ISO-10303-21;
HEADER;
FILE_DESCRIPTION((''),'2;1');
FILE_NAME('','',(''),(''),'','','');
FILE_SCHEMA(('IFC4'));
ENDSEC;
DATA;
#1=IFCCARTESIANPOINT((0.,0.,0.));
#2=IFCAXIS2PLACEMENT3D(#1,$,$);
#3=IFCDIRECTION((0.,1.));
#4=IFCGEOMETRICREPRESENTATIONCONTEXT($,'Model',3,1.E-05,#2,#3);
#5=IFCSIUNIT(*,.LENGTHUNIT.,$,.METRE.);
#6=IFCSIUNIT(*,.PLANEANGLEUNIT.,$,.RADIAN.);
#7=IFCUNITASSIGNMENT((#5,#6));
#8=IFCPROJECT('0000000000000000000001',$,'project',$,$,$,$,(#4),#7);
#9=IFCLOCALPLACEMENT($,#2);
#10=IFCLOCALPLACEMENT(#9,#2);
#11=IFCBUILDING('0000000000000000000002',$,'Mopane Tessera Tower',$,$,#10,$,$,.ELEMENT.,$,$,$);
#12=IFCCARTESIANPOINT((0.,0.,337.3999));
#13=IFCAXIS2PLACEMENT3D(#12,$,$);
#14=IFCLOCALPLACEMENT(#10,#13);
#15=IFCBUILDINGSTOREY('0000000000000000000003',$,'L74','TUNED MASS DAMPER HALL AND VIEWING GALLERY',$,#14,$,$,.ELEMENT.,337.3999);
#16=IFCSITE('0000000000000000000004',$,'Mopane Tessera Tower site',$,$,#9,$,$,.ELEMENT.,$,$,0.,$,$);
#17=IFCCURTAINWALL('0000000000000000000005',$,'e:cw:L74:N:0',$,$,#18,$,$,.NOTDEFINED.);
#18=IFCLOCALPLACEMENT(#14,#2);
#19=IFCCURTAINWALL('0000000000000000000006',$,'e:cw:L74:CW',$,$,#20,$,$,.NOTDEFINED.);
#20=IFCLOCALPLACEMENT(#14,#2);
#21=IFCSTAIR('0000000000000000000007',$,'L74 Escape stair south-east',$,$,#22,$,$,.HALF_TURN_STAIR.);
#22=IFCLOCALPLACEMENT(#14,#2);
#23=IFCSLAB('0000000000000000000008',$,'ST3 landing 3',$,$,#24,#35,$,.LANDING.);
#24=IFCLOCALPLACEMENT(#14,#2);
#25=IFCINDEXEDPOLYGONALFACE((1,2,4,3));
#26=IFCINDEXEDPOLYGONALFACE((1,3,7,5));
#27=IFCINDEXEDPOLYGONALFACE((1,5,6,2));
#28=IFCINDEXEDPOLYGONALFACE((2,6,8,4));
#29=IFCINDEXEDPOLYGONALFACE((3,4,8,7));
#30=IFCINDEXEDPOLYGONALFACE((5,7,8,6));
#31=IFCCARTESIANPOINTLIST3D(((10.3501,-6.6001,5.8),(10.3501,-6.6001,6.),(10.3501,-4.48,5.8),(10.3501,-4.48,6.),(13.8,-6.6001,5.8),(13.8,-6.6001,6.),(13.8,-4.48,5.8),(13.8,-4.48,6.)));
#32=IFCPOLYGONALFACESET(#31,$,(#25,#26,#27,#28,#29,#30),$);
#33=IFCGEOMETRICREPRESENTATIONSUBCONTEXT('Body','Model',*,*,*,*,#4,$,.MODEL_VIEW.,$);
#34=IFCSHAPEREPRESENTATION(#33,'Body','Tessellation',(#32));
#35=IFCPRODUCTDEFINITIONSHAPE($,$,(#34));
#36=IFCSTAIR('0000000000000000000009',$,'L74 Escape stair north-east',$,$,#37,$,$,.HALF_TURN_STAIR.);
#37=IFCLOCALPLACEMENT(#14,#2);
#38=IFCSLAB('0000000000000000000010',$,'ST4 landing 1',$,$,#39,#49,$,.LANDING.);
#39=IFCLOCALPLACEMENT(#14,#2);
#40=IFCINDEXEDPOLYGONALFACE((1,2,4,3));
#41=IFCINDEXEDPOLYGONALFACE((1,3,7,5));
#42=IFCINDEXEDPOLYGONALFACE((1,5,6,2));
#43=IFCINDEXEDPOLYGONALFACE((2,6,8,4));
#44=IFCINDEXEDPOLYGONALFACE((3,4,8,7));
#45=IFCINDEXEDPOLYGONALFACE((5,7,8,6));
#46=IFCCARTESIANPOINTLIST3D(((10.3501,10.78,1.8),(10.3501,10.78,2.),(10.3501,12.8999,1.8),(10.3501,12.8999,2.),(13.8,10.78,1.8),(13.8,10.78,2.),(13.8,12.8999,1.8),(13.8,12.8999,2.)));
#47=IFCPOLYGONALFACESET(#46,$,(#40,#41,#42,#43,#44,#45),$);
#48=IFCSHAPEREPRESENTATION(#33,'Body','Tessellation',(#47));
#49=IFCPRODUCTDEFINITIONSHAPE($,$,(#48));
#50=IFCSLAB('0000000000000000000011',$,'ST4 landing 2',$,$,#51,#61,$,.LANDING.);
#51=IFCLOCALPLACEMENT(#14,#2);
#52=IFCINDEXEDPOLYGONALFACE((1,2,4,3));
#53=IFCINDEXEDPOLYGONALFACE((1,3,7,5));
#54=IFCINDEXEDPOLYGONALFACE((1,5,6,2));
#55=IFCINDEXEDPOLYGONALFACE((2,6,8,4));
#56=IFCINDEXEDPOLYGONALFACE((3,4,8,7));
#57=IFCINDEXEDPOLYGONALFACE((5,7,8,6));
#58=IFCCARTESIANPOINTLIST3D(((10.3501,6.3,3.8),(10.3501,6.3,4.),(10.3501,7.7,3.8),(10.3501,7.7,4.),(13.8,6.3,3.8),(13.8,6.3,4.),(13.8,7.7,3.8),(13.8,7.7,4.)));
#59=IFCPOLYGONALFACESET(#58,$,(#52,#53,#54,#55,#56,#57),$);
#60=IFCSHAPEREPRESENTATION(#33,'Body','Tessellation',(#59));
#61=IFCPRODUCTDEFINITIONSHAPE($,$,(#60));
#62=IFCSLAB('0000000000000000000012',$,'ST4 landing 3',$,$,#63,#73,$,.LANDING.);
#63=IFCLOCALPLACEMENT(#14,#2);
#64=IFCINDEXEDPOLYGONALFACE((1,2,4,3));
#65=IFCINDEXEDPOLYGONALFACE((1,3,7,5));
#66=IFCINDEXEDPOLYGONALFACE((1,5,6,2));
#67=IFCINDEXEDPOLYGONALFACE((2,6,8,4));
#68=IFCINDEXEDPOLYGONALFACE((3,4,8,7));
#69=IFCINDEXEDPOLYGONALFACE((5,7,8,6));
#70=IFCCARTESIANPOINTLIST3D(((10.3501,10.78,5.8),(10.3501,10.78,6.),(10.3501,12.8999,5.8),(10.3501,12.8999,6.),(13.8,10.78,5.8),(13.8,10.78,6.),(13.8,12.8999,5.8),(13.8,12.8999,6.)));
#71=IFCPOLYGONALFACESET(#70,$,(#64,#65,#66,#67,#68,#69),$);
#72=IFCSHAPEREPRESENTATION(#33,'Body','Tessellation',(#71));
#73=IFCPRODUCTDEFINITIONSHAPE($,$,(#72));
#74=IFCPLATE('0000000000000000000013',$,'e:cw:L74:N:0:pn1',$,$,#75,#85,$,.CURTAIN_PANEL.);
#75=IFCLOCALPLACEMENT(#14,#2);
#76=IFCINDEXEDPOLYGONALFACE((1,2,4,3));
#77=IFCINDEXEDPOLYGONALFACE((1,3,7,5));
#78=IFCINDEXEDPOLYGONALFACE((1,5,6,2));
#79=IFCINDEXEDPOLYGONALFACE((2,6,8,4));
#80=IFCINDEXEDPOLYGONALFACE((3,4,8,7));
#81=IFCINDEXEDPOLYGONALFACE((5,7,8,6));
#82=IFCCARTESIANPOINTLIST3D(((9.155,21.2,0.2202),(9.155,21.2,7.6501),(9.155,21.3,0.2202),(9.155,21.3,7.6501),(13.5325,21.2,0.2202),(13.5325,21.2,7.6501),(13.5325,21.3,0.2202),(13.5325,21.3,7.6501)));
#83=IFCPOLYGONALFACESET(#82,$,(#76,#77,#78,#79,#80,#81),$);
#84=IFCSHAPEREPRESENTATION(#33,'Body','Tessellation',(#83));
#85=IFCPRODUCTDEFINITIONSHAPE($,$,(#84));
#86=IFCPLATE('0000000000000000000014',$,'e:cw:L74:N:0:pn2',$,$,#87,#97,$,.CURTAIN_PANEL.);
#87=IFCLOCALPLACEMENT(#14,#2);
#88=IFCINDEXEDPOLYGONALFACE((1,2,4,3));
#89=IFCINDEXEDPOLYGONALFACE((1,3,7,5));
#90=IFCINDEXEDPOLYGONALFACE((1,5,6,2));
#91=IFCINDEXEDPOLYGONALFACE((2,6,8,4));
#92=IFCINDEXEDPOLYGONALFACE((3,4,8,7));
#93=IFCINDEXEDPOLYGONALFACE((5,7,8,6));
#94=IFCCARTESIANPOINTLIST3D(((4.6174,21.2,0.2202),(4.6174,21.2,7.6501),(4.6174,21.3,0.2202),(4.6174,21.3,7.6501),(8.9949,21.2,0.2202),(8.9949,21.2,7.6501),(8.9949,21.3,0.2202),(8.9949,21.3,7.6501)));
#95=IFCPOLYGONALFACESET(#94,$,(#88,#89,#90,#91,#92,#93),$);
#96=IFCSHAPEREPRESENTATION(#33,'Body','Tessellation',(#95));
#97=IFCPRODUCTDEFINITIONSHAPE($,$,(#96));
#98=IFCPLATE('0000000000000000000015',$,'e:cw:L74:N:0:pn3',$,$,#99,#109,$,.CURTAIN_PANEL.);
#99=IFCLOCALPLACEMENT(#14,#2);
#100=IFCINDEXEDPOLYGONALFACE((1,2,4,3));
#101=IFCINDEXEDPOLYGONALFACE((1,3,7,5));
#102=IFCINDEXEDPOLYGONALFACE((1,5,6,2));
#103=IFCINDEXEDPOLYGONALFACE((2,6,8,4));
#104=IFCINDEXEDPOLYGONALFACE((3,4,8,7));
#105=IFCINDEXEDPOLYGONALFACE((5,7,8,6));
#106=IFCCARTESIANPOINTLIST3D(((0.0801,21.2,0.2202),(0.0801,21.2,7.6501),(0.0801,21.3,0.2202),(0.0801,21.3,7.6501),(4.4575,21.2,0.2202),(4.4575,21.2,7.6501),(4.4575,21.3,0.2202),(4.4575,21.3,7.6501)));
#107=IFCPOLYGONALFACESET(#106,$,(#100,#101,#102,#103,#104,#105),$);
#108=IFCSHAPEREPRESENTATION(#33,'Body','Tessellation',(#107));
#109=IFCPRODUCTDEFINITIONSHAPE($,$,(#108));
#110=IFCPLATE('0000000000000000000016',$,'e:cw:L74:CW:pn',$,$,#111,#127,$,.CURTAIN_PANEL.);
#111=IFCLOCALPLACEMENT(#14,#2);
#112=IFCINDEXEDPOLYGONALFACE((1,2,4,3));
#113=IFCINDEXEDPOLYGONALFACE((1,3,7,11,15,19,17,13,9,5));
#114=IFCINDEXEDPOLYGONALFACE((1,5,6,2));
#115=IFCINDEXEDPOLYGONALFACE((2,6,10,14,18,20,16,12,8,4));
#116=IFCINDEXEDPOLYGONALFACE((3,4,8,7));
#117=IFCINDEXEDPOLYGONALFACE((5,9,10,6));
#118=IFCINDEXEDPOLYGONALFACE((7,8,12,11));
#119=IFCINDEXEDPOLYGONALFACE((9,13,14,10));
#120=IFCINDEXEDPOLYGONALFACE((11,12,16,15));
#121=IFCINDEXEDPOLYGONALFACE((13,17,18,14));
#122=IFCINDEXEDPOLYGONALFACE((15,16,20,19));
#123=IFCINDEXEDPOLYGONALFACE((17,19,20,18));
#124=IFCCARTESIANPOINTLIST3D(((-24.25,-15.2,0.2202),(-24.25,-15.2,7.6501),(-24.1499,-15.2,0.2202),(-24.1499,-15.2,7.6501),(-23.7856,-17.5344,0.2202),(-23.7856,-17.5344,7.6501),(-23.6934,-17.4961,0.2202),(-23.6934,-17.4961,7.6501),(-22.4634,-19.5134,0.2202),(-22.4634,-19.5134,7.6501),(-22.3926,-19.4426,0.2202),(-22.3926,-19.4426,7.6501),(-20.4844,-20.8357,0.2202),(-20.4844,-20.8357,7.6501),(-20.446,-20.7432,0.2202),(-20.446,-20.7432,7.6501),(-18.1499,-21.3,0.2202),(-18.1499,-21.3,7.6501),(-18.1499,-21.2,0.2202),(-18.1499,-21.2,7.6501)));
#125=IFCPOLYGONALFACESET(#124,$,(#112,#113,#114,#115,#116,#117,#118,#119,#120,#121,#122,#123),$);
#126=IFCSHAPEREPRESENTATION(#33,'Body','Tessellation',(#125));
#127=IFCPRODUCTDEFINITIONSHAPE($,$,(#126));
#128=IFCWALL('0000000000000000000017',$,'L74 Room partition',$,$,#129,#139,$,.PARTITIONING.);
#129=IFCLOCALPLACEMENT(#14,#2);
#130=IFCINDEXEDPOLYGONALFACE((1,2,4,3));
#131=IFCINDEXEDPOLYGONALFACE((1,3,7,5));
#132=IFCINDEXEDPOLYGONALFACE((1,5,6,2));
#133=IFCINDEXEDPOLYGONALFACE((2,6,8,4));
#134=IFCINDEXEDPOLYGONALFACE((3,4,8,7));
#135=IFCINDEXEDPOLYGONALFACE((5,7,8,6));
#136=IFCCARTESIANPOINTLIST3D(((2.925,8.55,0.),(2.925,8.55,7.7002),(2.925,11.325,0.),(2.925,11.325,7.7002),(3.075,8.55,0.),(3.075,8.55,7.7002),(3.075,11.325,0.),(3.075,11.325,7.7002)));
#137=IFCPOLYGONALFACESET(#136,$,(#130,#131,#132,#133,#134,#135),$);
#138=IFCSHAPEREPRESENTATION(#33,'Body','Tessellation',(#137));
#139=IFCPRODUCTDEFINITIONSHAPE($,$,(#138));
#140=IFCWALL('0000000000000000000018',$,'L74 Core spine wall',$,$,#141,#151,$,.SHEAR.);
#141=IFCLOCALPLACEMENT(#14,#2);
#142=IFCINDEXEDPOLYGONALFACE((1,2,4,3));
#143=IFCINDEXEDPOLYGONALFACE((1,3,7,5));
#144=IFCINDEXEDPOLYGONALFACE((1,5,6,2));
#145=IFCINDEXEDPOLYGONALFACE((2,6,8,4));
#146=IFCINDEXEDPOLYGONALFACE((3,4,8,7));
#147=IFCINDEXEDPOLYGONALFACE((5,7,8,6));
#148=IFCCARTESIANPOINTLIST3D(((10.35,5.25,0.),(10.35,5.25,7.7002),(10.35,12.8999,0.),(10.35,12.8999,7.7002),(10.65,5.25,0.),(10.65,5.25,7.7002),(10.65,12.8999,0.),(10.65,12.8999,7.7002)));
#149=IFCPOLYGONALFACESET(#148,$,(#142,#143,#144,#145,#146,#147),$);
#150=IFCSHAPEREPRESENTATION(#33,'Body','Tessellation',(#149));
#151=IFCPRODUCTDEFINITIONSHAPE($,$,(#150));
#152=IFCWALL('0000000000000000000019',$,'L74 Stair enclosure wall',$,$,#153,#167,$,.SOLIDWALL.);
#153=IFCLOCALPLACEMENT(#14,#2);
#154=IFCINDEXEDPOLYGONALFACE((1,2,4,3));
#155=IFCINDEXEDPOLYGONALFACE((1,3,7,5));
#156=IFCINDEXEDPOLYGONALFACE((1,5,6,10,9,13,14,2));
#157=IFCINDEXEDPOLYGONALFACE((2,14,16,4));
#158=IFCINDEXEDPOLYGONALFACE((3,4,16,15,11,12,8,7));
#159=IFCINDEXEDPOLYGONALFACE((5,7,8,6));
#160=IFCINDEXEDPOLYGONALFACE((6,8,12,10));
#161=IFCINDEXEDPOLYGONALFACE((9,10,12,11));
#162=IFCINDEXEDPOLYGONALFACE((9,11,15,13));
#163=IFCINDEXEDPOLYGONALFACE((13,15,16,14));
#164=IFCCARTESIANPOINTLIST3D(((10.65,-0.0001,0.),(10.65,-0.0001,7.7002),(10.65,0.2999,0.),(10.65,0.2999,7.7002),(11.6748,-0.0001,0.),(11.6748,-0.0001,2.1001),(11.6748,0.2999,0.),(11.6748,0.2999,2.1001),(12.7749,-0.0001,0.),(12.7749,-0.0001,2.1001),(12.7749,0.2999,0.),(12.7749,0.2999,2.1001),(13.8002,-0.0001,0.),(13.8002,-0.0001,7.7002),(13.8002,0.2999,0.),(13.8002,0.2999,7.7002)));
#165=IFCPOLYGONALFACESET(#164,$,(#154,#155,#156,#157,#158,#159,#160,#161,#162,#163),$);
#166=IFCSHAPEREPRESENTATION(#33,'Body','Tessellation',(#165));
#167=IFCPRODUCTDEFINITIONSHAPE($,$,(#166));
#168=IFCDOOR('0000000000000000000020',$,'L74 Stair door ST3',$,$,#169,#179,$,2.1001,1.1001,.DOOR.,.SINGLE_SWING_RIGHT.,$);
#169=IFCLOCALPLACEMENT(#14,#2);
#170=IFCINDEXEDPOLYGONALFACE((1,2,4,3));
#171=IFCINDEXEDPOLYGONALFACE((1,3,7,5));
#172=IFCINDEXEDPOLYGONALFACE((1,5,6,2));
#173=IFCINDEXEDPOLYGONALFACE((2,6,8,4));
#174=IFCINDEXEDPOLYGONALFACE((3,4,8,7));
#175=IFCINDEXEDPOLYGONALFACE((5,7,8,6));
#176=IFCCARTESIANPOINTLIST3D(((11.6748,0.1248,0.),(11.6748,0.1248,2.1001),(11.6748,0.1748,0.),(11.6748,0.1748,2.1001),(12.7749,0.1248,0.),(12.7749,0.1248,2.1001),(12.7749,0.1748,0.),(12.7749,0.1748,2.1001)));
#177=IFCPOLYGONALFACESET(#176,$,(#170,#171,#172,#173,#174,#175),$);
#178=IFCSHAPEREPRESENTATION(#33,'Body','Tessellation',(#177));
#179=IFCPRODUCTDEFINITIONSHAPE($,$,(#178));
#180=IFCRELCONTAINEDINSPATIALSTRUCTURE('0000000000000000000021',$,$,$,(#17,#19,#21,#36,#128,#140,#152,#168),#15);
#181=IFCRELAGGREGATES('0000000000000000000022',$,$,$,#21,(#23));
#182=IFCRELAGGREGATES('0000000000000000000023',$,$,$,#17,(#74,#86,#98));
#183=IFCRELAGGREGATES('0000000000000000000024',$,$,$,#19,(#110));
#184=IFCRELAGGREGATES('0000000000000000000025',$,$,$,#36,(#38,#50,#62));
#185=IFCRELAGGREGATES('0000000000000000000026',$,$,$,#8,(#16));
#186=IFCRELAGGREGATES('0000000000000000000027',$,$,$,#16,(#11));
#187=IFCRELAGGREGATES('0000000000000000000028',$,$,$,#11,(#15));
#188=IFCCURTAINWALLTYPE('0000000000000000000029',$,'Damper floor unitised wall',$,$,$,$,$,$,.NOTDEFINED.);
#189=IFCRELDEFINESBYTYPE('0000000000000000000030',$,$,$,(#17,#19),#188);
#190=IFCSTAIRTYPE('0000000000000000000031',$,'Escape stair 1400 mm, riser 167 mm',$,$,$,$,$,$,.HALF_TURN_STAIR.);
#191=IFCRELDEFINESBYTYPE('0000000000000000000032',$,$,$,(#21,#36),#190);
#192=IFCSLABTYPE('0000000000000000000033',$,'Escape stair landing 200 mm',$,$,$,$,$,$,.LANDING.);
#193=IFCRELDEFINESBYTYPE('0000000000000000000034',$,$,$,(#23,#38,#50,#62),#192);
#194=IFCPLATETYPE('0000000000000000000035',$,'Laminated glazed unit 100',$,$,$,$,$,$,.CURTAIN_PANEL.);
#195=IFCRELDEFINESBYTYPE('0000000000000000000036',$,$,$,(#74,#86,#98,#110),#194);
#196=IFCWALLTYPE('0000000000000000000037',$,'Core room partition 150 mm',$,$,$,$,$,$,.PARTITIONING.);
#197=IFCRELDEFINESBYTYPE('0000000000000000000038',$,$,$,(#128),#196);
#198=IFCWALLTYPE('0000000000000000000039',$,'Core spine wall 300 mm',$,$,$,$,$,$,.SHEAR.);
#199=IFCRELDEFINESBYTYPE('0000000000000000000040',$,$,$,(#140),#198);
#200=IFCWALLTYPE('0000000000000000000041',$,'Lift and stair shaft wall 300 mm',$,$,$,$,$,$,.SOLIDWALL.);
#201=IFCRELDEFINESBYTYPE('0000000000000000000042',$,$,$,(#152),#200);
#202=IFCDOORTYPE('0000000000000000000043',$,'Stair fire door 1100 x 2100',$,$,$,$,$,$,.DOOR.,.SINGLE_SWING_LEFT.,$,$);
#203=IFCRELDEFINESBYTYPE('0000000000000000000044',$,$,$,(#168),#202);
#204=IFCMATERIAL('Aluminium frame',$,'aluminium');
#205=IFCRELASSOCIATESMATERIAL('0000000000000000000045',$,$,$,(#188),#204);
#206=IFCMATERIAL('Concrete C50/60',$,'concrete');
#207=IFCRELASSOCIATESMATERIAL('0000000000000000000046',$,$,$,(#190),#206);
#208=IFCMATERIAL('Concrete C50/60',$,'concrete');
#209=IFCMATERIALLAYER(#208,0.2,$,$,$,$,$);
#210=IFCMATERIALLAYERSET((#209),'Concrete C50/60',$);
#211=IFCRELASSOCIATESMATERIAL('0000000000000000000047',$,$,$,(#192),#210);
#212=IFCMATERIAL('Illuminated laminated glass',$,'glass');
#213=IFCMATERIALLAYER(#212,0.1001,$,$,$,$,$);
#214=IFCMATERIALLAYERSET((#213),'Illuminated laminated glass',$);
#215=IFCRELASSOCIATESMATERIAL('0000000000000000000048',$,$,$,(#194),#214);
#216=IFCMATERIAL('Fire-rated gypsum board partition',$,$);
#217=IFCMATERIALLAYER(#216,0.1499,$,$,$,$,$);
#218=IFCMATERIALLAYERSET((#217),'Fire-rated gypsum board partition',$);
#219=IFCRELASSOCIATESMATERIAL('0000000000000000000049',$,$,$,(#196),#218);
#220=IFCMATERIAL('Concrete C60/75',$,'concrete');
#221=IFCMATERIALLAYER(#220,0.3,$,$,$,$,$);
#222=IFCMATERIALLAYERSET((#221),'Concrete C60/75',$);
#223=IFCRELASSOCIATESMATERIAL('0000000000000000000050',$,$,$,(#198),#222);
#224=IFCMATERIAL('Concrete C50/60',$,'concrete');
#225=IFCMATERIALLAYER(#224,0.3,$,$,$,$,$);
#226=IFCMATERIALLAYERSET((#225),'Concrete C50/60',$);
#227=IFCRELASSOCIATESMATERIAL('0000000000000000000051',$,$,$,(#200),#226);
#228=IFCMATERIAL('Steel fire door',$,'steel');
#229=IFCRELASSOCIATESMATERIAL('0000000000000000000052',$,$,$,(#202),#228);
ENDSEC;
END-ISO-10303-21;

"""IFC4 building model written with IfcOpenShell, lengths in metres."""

from ifc_helpers import new_model, si_unit, direction, frame, frame_2d, origin, origin_2d, place, context, subcontext, project, spatial, polyline, rectangle, outline, extrude, material, layer, layer_set, type_object, element, fill, aggregate, save


model = new_model("IFC4")

# Units and contexts
model_context = context("Model", 3, precision=1e-05, world=origin(), true_north=direction((0.0, 1.0)))
body_context = subcontext(model_context, "Body", "Model", "MODEL_VIEW")
ifc_project = project(units=[si_unit("LENGTHUNIT", "METRE"), si_unit("PLANEANGLEUNIT", "RADIAN")], contexts=[model_context])

# Site, building, storey
site_placement = place(None, origin())
site = spatial("IfcSite", under=ifc_project, at=site_placement, Name="Mopane Tessera Tower site", CompositionType="ELEMENT", RefElevation=0.0)
building_placement = place(site_placement, origin())
building = spatial("IfcBuilding", under=site, at=building_placement, Name="Mopane Tessera Tower", CompositionType="ELEMENT")
storey_placement = place(building_placement, frame((0.0, 0.0, 337.3999)))
storey = spatial("IfcBuildingStorey", under=building, at=storey_placement, Name="L74", Description="TUNED MASS DAMPER HALL AND VIEWING GALLERY", CompositionType="ELEMENT", Elevation=337.3999)

# Curtain wall
ifc_material_1 = material(Name="Aluminium frame", Category="aluminium")
curtain_wall_type = type_object("IfcCurtainWallType", Name="Damper floor unitised wall", PredefinedType="NOTDEFINED", material=ifc_material_1)
curtain_wall_1_placement = place(storey_placement, origin())
curtain_wall_1 = element("IfcCurtainWall", 1, at=curtain_wall_1_placement, inside=storey, type_object=curtain_wall_type, Name="e:cw:L74:N:0", PredefinedType="NOTDEFINED")

# Curtain wall
curtain_wall_2_placement = place(storey_placement, origin())
curtain_wall_2 = element("IfcCurtainWall", 2, at=curtain_wall_2_placement, inside=storey, type_object=curtain_wall_type, Name="e:cw:L74:CW", PredefinedType="NOTDEFINED")

# Stairs, slabs
ifc_material_2 = material(Name="Concrete C50/60", Category="concrete")
stair_type = type_object("IfcStairType", Name="Escape stair 1400 mm, riser 167 mm", PredefinedType="HALF_TURN_STAIR", material=ifc_material_2)
ifc_material_3 = material(Name="Concrete C50/60", Category="concrete")
ifc_layer_1 = layer(ifc_material_3, 0.2)
ifc_layer_set_1 = layer_set([ifc_layer_1], Name="Concrete C50/60")
slab_type_1 = type_object("IfcSlabType", Name="Escape stair landing 200 mm", PredefinedType="LANDING", material=ifc_layer_set_1)
stair_1_placement = place(storey_placement, origin())
stair_1 = element("IfcStair", 3, at=stair_1_placement, inside=storey, type_object=stair_type, Name="L74 Escape stair south-east", PredefinedType="HALF_TURN_STAIR")
slab_1_placement = place(storey_placement, frame((0.0, 0.0, 5.8)))
slab_1 = element("IfcSlab", 4, at=slab_1_placement, type_object=slab_type_1, Name="ST3 landing 3", PredefinedType="LANDING", context=body_context, shape_type="SweptSolid", body=[
    extrude(outline(polyline([(10.3501, -4.48), (10.3501, -6.6001), (13.8, -6.6001), (13.8, -4.48), (10.3501, -4.48)])), origin(), (0.0, 0.0, 1.0), 0.2),
])
aggregate(stair_1, [slab_1])
stair_2_placement = place(storey_placement, origin())
stair_2 = element("IfcStair", 5, at=stair_2_placement, inside=storey, type_object=stair_type, Name="L74 Escape stair north-east", PredefinedType="HALF_TURN_STAIR")
slab_2_placement = place(storey_placement, frame((0.0, 0.0, 1.8)))
slab_2 = element("IfcSlab", 6, at=slab_2_placement, type_object=slab_type_1, Name="ST4 landing 1", PredefinedType="LANDING", context=body_context, shape_type="SweptSolid", body=[
    extrude(outline(polyline([(13.8, 10.78), (13.8, 12.8999), (10.3501, 12.8999), (10.3501, 10.78), (13.8, 10.78)])), origin(), (0.0, 0.0, 1.0), 0.2),
])
slab_3_placement = place(storey_placement, frame((0.0, 0.0, 3.8)))
slab_3 = element("IfcSlab", 7, at=slab_3_placement, type_object=slab_type_1, Name="ST4 landing 2", PredefinedType="LANDING", context=body_context, shape_type="SweptSolid", body=[
    extrude(outline(polyline([(13.8, 6.3), (13.8, 7.7), (10.3501, 7.7), (10.3501, 6.3), (13.8, 6.3)])), origin(), (0.0, 0.0, 1.0), 0.2),
])
slab_4_placement = place(storey_placement, frame((0.0, 0.0, 5.8)))
slab_4 = element("IfcSlab", 8, at=slab_4_placement, type_object=slab_type_1, Name="ST4 landing 3", PredefinedType="LANDING", context=body_context, shape_type="SweptSolid", body=[
    extrude(outline(polyline([(13.8, 10.78), (13.8, 12.8999), (10.3501, 12.8999), (10.3501, 10.78), (13.8, 10.78)])), origin(), (0.0, 0.0, 1.0), 0.2),
])

# Plates
ifc_material_4 = material(Name="Illuminated laminated glass", Category="glass")
ifc_layer_2 = layer(ifc_material_4, 0.1001)
ifc_layer_set_2 = layer_set([ifc_layer_2], Name="Illuminated laminated glass")
plate_type = type_object("IfcPlateType", Name="Laminated glazed unit 100", PredefinedType="CURTAIN_PANEL", material=ifc_layer_set_2)
plate_1_placement = place(storey_placement, frame((11.3438, 21.25, 0.2202), z_axis=(0.0, 0.0, 1.0), x_axis=(-1.0, 0.0, 0.0)))
plate_1 = element("IfcPlate", 9, at=plate_1_placement, type_object=plate_type, Name="e:cw:L74:N:0:pn1", PredefinedType="CURTAIN_PANEL", context=body_context, shape_type="SweptSolid", body=[
    extrude(rectangle(XDim=4.3774, YDim=0.1001, at=origin_2d()), origin(), (0.0, 0.0, 1.0), 7.4299),
])
plate_2_placement = place(storey_placement, frame((6.8062, 21.25, 0.2202), z_axis=(0.0, 0.0, 1.0), x_axis=(-1.0, 0.0, 0.0)))
plate_2 = element("IfcPlate", 10, at=plate_2_placement, type_object=plate_type, Name="e:cw:L74:N:0:pn2", PredefinedType="CURTAIN_PANEL", context=body_context, shape_type="SweptSolid", body=[
    extrude(rectangle(XDim=4.3774, YDim=0.1001, at=origin_2d()), origin(), (0.0, 0.0, 1.0), 7.4299),
])
plate_3_placement = place(storey_placement, frame((2.2688, 21.25, 0.2202), z_axis=(0.0, 0.0, 1.0), x_axis=(-1.0, 0.0, 0.0)))
plate_3 = element("IfcPlate", 11, at=plate_3_placement, type_object=plate_type, Name="e:cw:L74:N:0:pn3", PredefinedType="CURTAIN_PANEL", context=body_context, shape_type="SweptSolid", body=[
    extrude(rectangle(XDim=4.3774, YDim=0.1001, at=origin_2d()), origin(), (0.0, 0.0, 1.0), 7.4299),
])
aggregate(curtain_wall_1, [plate_1, plate_2, plate_3])
plate_4_placement = place(storey_placement, frame((0.0, 0.0, 0.2202)))
plate_4 = element("IfcPlate", 12, at=plate_4_placement, type_object=plate_type, Name="e:cw:L74:CW:pn", PredefinedType="CURTAIN_PANEL", context=body_context, shape_type="SweptSolid", body=[
    extrude(outline(polyline([(-24.1499, -15.2), (-23.6934, -17.4961), (-22.3926, -19.4426), (-20.446, -20.7432), (-18.1499, -21.2), (-18.1499, -21.3), (-20.4844, -20.8357), (-22.4634, -19.5134), (-23.7856, -17.5344), (-24.25, -15.2), (-24.1499, -15.2)])), origin(), (0.0, 0.0, 1.0), 7.4299),
])
aggregate(curtain_wall_2, [plate_4])

# Walls
ifc_material_5 = material(Name="Fire-rated gypsum board partition")
ifc_layer_3 = layer(ifc_material_5, 0.1499)
ifc_layer_set_3 = layer_set([ifc_layer_3], Name="Fire-rated gypsum board partition")
wall_type_1 = type_object("IfcWallType", Name="Core room partition 150 mm", PredefinedType="PARTITIONING", material=ifc_layer_set_3)
wall_1_placement = place(storey_placement, frame((3.0, 8.55, 0.0), z_axis=(0.0, 0.0, 1.0), x_axis=(0.0, 1.0, 0.0)))
element("IfcWall", 13, at=wall_1_placement, inside=storey, type_object=wall_type_1, Name="L74 Room partition", PredefinedType="PARTITIONING", context=body_context, shape_type="SweptSolid", body=[
    extrude(rectangle(XDim=2.7749, YDim=0.1499, at=frame_2d((1.3875, 0.0))), origin(), (0.0, 0.0, 1.0), 7.7002),
])
ifc_material_6 = material(Name="Concrete C60/75", Category="concrete")
ifc_layer_4 = layer(ifc_material_6, 0.3)
ifc_layer_set_4 = layer_set([ifc_layer_4], Name="Concrete C60/75")
wall_type_2 = type_object("IfcWallType", Name="Core spine wall 300 mm", PredefinedType="SHEAR", material=ifc_layer_set_4)
wall_2_placement = place(storey_placement, frame((10.5, 5.25, 0.0), z_axis=(0.0, 0.0, 1.0), x_axis=(0.0, 1.0, 0.0)))
element("IfcWall", 14, at=wall_2_placement, inside=storey, type_object=wall_type_2, Name="L74 Core spine wall", PredefinedType="SHEAR", context=body_context, shape_type="SweptSolid", body=[
    extrude(rectangle(XDim=7.6499, YDim=0.3, at=frame_2d((3.825, 0.0))), origin(), (0.0, 0.0, 1.0), 7.7002),
])

# Wall, opening, door
ifc_material_7 = material(Name="Concrete C50/60", Category="concrete")
ifc_layer_5 = layer(ifc_material_7, 0.3)
ifc_layer_set_5 = layer_set([ifc_layer_5], Name="Concrete C50/60")
wall_type_3 = type_object("IfcWallType", Name="Lift and stair shaft wall 300 mm", PredefinedType="SOLIDWALL", material=ifc_layer_set_5)
wall_3_placement = place(storey_placement, frame((10.6499, 0.1499, 0.0), z_axis=(0.0, 0.0, 1.0), x_axis=(1.0, 0.0, 0.0)))
wall_3 = element("IfcWall", 15, at=wall_3_placement, inside=storey, type_object=wall_type_3, Name="L74 Stair enclosure wall", PredefinedType="SOLIDWALL", context=body_context, shape_type="SweptSolid", body=[
    extrude(rectangle(XDim=3.1501, YDim=0.3, at=frame_2d((1.5752, 0.0))), origin(), (0.0, 0.0, 1.0), 7.7002),
])
opening_1_placement = place(wall_3_placement, frame((1.0249, 0.0, 0.0)))
opening_1 = element("IfcOpeningElement", 16, at=opening_1_placement, cuts=wall_3, PredefinedType="OPENING", context=body_context, shape_type="SweptSolid", body=[
    extrude(rectangle(XDim=1.1001, YDim=2.1001, at=frame_2d((0.55, 1.05))), frame((0.0, 0.1621, 0.0), z_axis=(0.0, -1.0, 0.0), x_axis=(1.0, 0.0, 0.0)), (0.0, 0.0, 1.0), 0.324),
])
ifc_material_8 = material(Name="Steel fire door", Category="steel")
door_type = type_object("IfcDoorType", Name="Stair fire door 1100 x 2100", OperationType="SINGLE_SWING_LEFT", PredefinedType="DOOR", material=ifc_material_8)
door_1_placement = place(opening_1_placement, origin())
door_1 = element("IfcDoor", 17, at=door_1_placement, inside=storey, type_object=door_type, Name="L74 Stair door ST3", OperationType="SINGLE_SWING_RIGHT", OverallHeight=2.1001, OverallWidth=1.1001, PredefinedType="DOOR", context=body_context, shape_type="SweptSolid", body=[
    extrude(rectangle(XDim=1.1001, YDim=2.1001, at=frame_2d((0.55, 1.05))), frame((0.0, 0.0249, 0.0), z_axis=(0.0, -1.0, 0.0), x_axis=(1.0, 0.0, 0.0)), (0.0, 0.0, 1.0), 0.05),
])
fill(opening_1, door_1)

aggregate(stair_2, [slab_2, slab_3, slab_4])

save(model, "model.ifc")
